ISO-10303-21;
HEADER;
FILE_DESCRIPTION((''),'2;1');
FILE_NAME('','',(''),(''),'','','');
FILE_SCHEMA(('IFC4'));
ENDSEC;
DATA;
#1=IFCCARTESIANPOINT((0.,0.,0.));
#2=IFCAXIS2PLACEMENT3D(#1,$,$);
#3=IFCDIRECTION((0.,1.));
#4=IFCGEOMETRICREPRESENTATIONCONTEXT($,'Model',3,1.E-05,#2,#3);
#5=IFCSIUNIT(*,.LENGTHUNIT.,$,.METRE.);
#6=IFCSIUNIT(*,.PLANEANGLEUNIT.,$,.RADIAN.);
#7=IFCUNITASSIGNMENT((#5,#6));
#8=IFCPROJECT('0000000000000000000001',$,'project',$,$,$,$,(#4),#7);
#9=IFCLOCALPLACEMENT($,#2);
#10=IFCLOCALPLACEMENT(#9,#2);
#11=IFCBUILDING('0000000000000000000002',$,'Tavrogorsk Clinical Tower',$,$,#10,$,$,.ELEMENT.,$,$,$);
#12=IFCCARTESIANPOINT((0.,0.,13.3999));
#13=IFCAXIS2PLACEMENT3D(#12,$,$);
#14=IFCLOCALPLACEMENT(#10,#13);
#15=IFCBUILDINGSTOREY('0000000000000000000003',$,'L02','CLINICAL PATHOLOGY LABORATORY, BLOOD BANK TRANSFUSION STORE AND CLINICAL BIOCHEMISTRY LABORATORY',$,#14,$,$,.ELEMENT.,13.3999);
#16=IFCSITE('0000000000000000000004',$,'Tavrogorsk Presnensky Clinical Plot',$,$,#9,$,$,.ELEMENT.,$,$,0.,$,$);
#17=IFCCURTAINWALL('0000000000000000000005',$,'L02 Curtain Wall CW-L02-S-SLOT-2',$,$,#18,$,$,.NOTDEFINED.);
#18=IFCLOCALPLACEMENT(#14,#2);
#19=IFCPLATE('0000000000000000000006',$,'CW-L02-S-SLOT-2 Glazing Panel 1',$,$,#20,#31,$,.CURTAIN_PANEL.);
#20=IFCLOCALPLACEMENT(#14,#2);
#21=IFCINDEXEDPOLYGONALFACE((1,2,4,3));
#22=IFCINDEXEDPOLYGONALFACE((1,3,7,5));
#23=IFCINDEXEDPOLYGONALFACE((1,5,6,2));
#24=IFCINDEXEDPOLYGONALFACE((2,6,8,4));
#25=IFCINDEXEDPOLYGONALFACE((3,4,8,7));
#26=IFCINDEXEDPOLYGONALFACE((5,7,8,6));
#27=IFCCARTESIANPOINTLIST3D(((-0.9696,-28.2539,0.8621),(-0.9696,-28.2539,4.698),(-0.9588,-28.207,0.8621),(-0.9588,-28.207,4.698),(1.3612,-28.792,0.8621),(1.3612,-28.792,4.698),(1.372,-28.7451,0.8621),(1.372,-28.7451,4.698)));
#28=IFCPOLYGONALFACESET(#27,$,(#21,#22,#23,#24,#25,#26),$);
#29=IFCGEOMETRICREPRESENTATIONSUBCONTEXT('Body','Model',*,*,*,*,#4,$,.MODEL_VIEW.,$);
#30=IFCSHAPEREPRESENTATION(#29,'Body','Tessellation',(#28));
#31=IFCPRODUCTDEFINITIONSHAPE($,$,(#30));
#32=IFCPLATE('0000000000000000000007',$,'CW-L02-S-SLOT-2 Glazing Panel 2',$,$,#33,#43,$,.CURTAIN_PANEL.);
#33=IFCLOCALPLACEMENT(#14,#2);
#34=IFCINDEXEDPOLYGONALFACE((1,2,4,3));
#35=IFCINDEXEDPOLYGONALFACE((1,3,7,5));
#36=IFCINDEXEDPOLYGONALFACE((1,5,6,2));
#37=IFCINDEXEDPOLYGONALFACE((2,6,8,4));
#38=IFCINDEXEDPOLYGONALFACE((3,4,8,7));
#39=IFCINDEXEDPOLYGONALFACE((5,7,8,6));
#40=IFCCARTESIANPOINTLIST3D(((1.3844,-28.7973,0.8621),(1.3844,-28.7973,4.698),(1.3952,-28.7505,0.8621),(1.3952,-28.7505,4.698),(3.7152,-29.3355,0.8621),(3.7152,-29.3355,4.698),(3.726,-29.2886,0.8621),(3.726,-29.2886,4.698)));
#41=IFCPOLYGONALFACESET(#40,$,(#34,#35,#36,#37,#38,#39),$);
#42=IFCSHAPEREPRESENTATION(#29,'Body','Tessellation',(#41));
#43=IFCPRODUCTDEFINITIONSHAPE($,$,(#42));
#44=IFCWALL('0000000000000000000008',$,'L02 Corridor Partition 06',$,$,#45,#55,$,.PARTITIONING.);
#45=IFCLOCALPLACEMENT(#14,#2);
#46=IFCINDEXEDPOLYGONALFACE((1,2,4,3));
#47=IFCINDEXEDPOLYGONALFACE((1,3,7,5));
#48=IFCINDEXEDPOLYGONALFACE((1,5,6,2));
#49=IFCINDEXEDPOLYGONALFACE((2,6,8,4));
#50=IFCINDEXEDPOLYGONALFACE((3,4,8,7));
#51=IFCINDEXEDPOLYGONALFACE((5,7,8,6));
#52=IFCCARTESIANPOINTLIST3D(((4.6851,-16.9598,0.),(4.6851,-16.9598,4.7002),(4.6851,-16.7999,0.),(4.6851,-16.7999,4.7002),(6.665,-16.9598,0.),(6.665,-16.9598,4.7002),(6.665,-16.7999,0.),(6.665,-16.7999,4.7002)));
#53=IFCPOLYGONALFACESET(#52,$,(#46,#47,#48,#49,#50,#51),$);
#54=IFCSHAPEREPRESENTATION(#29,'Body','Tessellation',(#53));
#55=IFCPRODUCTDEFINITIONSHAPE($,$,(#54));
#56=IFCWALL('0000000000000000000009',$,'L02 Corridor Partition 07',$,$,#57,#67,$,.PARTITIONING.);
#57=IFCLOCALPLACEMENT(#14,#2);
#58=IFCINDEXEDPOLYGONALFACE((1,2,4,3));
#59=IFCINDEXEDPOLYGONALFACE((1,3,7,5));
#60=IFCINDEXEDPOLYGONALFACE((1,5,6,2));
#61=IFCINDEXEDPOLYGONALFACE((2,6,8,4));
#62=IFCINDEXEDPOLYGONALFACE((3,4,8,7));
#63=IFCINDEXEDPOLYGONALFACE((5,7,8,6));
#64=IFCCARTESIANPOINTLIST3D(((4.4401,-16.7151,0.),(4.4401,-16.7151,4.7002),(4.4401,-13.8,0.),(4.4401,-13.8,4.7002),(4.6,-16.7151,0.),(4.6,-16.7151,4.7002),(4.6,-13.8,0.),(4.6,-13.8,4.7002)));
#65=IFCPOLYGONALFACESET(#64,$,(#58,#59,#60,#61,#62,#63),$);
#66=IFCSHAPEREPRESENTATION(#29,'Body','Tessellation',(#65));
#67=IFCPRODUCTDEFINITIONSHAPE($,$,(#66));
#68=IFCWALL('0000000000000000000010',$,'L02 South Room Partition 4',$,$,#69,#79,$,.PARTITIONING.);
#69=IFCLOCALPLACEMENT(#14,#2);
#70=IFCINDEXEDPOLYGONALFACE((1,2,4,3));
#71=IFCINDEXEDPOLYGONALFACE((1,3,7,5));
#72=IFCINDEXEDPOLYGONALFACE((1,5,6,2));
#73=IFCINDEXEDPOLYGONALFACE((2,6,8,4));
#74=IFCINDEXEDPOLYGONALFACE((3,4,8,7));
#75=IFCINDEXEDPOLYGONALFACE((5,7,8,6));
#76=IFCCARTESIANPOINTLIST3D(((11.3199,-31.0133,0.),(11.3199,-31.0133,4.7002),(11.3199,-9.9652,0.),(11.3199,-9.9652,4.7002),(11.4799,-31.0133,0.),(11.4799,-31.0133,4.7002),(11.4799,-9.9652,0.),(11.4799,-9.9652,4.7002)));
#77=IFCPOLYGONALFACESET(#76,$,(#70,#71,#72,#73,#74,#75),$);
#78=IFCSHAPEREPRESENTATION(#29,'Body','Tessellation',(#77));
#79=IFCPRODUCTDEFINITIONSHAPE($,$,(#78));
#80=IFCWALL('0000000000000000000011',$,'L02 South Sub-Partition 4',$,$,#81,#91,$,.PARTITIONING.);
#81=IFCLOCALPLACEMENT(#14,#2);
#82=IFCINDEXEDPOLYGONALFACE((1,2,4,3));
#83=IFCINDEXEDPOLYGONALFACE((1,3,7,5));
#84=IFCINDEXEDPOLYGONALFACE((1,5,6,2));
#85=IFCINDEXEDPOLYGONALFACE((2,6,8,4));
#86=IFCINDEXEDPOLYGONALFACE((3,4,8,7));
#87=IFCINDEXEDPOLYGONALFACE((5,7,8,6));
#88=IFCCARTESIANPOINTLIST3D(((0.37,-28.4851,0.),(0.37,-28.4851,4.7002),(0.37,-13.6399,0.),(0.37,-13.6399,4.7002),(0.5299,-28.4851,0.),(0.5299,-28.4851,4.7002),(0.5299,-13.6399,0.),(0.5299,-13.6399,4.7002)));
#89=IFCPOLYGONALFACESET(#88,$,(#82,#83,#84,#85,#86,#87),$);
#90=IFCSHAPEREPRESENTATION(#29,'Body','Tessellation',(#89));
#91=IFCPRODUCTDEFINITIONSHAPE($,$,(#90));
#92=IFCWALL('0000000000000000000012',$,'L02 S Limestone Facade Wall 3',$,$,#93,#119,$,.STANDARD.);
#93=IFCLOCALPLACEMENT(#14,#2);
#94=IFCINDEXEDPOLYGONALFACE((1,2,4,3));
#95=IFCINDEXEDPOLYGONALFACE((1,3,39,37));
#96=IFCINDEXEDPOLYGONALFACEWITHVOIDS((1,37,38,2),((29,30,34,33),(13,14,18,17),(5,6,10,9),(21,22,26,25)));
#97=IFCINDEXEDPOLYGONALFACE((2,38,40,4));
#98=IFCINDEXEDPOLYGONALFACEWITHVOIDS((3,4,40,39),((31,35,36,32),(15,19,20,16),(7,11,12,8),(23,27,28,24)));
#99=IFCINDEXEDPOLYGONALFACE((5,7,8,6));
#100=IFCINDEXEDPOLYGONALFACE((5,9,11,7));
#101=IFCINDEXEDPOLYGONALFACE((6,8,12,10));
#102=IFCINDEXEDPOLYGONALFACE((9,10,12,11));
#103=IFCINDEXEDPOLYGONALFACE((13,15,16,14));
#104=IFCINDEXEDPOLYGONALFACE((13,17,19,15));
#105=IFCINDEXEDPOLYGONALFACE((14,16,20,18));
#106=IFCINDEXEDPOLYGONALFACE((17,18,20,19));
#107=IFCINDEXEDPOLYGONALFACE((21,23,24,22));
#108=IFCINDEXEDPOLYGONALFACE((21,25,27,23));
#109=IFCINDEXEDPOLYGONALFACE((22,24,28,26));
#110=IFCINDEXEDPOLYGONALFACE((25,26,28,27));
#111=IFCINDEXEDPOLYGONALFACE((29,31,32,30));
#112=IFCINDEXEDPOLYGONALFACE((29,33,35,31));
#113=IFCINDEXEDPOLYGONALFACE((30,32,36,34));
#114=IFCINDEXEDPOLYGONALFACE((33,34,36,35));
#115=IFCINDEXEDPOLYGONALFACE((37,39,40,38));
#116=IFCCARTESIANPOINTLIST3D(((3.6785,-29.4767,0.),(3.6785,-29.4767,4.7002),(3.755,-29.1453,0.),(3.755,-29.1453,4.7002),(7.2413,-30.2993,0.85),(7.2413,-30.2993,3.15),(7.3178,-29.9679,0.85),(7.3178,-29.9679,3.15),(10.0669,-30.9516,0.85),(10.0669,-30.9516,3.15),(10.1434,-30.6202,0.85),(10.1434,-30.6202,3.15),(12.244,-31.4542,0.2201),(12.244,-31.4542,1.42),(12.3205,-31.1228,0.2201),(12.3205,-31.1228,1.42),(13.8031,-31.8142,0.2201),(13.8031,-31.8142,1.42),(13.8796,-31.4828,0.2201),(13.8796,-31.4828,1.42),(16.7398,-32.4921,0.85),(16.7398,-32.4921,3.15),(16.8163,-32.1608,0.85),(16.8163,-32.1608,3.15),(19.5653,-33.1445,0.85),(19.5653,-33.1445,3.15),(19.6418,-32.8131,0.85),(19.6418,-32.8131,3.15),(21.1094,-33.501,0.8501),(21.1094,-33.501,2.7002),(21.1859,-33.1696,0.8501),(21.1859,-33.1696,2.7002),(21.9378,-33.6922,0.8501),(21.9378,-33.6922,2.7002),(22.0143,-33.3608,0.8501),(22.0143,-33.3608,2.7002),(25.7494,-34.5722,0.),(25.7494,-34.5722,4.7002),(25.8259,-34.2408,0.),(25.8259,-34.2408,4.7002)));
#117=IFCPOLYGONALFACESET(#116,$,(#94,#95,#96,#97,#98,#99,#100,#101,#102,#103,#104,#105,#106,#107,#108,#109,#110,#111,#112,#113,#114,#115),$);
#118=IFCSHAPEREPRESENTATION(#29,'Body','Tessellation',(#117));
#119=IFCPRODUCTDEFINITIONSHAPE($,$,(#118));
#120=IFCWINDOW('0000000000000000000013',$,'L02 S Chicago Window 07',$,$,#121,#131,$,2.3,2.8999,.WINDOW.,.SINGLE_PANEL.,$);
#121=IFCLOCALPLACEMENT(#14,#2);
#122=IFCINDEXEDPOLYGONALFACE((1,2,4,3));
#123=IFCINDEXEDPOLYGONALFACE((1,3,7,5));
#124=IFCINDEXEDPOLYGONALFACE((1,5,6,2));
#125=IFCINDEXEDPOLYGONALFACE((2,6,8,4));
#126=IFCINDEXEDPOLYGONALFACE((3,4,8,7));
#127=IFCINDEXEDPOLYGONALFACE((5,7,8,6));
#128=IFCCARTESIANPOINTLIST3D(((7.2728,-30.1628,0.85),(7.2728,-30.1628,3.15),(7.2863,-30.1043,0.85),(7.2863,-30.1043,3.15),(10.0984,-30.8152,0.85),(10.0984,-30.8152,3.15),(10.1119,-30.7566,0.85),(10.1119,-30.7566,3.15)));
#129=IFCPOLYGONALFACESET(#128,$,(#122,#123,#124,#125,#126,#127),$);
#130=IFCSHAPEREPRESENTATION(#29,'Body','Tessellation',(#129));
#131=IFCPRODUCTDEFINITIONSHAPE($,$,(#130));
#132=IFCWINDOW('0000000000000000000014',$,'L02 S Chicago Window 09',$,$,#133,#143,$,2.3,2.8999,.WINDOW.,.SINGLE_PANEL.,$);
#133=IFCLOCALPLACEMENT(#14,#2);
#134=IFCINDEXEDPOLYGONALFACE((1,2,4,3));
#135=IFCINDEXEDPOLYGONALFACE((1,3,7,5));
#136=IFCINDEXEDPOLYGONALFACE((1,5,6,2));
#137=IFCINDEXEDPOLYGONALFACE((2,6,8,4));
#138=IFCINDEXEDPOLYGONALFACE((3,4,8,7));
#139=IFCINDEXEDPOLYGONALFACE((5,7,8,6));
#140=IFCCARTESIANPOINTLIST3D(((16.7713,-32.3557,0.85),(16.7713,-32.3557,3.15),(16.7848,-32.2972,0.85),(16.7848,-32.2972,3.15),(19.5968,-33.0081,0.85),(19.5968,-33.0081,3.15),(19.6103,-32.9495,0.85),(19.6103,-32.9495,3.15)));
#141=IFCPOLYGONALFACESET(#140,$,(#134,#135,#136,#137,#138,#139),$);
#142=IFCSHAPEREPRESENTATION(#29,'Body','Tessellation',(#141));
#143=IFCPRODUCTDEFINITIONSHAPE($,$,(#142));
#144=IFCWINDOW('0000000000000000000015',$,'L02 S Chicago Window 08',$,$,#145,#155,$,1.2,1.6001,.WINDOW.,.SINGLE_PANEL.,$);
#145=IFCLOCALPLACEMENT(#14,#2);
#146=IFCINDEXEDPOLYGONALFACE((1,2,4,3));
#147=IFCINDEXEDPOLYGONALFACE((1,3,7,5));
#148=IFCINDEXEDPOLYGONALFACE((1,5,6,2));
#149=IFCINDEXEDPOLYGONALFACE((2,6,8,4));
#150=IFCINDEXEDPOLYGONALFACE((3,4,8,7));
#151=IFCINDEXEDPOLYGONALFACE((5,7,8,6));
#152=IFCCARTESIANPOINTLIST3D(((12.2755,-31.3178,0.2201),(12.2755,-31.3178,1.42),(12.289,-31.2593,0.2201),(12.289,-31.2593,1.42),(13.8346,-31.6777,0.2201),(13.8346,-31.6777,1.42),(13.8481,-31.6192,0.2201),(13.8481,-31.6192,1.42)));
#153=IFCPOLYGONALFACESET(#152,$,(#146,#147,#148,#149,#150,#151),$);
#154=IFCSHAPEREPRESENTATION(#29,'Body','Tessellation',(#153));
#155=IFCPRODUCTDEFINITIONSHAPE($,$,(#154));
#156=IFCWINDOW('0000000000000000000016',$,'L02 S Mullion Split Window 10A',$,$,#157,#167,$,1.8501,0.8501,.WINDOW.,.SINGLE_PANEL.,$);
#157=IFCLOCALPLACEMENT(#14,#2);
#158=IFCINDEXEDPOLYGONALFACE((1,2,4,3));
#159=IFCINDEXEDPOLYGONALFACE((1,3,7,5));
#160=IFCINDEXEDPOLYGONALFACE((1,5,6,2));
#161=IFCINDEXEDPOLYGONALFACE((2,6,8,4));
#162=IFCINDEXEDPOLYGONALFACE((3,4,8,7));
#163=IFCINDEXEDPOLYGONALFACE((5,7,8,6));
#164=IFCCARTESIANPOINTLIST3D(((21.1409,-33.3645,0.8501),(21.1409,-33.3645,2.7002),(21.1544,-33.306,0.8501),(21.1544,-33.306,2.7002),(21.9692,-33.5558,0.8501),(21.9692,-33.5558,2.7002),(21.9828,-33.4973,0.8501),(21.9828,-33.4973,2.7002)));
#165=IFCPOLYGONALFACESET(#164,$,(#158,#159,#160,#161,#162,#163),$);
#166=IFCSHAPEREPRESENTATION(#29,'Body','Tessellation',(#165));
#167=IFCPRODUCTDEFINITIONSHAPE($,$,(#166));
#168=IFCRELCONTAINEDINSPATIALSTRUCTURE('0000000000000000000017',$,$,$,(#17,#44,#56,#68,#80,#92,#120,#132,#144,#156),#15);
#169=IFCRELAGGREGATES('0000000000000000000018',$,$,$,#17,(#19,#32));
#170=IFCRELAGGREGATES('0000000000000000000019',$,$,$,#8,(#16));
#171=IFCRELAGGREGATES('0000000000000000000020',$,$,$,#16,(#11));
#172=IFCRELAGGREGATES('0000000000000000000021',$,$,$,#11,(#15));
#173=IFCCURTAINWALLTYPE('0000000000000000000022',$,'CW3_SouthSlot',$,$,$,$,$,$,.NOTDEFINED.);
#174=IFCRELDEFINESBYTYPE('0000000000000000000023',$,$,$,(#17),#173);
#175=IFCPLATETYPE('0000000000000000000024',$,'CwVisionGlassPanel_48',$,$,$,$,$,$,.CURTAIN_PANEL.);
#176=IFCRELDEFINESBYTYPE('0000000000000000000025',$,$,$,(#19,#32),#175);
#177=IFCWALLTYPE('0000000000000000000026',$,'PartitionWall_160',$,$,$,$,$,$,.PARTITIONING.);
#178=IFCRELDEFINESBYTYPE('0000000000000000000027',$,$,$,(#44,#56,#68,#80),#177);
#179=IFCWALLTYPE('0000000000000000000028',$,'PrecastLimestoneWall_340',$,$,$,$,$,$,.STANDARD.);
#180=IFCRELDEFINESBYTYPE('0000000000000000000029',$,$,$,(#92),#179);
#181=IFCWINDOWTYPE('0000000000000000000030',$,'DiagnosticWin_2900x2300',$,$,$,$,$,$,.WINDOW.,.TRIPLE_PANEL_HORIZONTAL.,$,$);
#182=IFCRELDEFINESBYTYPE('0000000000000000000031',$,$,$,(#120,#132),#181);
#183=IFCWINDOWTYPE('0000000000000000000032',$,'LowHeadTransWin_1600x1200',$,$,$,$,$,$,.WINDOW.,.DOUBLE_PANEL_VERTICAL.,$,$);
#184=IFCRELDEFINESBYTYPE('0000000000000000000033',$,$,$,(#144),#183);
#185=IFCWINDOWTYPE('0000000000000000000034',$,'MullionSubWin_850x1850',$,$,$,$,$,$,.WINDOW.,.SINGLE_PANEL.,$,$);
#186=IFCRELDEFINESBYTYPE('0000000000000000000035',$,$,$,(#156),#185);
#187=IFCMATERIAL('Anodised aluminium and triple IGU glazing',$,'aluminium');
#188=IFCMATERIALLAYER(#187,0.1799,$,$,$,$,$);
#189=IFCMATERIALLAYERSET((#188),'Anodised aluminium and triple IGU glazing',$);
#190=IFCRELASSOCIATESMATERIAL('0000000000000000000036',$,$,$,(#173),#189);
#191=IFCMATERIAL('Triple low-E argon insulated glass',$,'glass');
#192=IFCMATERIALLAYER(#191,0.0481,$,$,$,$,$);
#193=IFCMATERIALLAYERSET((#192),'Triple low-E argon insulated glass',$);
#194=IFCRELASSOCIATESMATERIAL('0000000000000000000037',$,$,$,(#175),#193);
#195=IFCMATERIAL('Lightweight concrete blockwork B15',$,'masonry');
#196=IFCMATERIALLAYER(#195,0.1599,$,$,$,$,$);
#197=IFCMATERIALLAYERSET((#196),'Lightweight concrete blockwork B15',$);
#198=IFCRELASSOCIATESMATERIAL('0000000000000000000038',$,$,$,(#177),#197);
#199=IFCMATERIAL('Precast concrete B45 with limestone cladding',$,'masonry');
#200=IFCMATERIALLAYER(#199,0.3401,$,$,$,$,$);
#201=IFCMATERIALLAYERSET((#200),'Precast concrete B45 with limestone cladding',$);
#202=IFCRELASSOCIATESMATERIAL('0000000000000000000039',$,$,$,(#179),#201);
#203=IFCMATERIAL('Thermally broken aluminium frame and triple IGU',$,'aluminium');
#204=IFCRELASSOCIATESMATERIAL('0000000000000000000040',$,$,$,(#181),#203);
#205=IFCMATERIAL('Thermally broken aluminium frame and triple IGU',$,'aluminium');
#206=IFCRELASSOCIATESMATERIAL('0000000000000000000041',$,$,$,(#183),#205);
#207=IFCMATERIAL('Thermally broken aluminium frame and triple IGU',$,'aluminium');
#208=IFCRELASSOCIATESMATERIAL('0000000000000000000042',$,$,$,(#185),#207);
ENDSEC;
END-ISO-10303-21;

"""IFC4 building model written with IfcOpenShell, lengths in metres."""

from ifc_helpers import new_model, si_unit, direction, frame, frame_2d, origin, origin_2d, place, context, subcontext, project, spatial, rectangle, extrude, material, layer, layer_set, type_object, element, fill, aggregate, save


model = new_model("IFC4")

# Units and contexts
model_context = context("Model", 3, precision=1e-05, world=origin(), true_north=direction((0.0, 1.0)))
body_context = subcontext(model_context, "Body", "Model", "MODEL_VIEW")
ifc_project = project(units=[si_unit("LENGTHUNIT", "METRE"), si_unit("PLANEANGLEUNIT", "RADIAN")], contexts=[model_context])

# Site, building, storey
site_placement = place(None, origin())
site = spatial("IfcSite", under=ifc_project, at=site_placement, Name="Tavrogorsk Presnensky Clinical Plot", CompositionType="ELEMENT", RefElevation=0.0)
building_placement = place(site_placement, origin())
building = spatial("IfcBuilding", under=site, at=building_placement, Name="Tavrogorsk Clinical Tower", CompositionType="ELEMENT")
storey_placement = place(building_placement, frame((0.0, 0.0, 13.3999)))
storey = spatial("IfcBuildingStorey", under=building, at=storey_placement, Name="L02", Description="CLINICAL PATHOLOGY LABORATORY, BLOOD BANK TRANSFUSION STORE AND CLINICAL BIOCHEMISTRY LABORATORY", CompositionType="ELEMENT", Elevation=13.3999)

# Curtain wall
ifc_material_1 = material(Name="Anodised aluminium and triple IGU glazing", Category="aluminium")
ifc_layer_1 = layer(ifc_material_1, 0.1799)
ifc_layer_set_1 = layer_set([ifc_layer_1], Name="Anodised aluminium and triple IGU glazing")
curtain_wall_type = type_object("IfcCurtainWallType", Name="CW3_SouthSlot", PredefinedType="NOTDEFINED", material=ifc_layer_set_1)
curtain_wall_placement = place(storey_placement, origin())
curtain_wall = element("IfcCurtainWall", 1, at=curtain_wall_placement, inside=storey, type_object=curtain_wall_type, Name="L02 Curtain Wall CW-L02-S-SLOT-2", PredefinedType="NOTDEFINED")

# Plates
ifc_material_2 = material(Name="Triple low-E argon insulated glass", Category="glass")
ifc_layer_2 = layer(ifc_material_2, 0.0481)
ifc_layer_set_2 = layer_set([ifc_layer_2], Name="Triple low-E argon insulated glass")
plate_type_1 = type_object("IfcPlateType", Name="CwVisionGlassPanel_48", PredefinedType="CURTAIN_PANEL", material=ifc_layer_set_2)
plate_1_placement = place(storey_placement, frame((0.2012, -28.4995, 0.8621), z_axis=(0.0, 0.0, 1.0), x_axis=(0.97437, -0.224951, 0.0)))
plate_1 = element("IfcPlate", 2, at=plate_1_placement, type_object=plate_type_1, Name="CW-L02-S-SLOT-2 Glazing Panel 1", PredefinedType="CURTAIN_PANEL", context=body_context, shape_type="SweptSolid", body=[
    extrude(rectangle(XDim=2.3921, YDim=0.0481, at=origin_2d()), origin(), (0.0, 0.0, 1.0), 3.8359),
])
plate_2_placement = place(storey_placement, frame((2.5552, -29.043, 0.8621), z_axis=(0.0, 0.0, 1.0), x_axis=(0.97437, -0.224951, 0.0)))
plate_2 = element("IfcPlate", 3, at=plate_2_placement, type_object=plate_type_1, Name="CW-L02-S-SLOT-2 Glazing Panel 2", PredefinedType="CURTAIN_PANEL", context=body_context, shape_type="SweptSolid", body=[
    extrude(rectangle(XDim=2.3921, YDim=0.0481, at=origin_2d()), origin(), (0.0, 0.0, 1.0), 3.8359),
])
aggregate(curtain_wall, [plate_1, plate_2])

# Walls
ifc_material_3 = material(Name="Lightweight concrete blockwork B15", Category="masonry")
ifc_layer_3 = layer(ifc_material_3, 0.1599)
ifc_layer_set_3 = layer_set([ifc_layer_3], Name="Lightweight concrete blockwork B15")
wall_type_1 = type_object("IfcWallType", Name="PartitionWall_160", PredefinedType="PARTITIONING", material=ifc_layer_set_3)
wall_1_placement = place(storey_placement, frame((6.665, -16.8799, 0.0), z_axis=(0.0, 0.0, 1.0), x_axis=(-1.0, 0.0, 0.0)))
element("IfcWall", 4, at=wall_1_placement, inside=storey, type_object=wall_type_1, Name="L02 Corridor Partition 06", PredefinedType="PARTITIONING", context=body_context, shape_type="SweptSolid", body=[
    extrude(rectangle(XDim=1.98, YDim=0.1599, at=frame_2d((0.99, 0.0))), origin(), (0.0, 0.0, 1.0), 4.7002),
])
wall_2_placement = place(storey_placement, frame((4.52, -16.7151, 0.0), z_axis=(0.0, 0.0, 1.0), x_axis=(0.0, 1.0, 0.0)))
element("IfcWall", 5, at=wall_2_placement, inside=storey, type_object=wall_type_1, Name="L02 Corridor Partition 07", PredefinedType="PARTITIONING", context=body_context, shape_type="SweptSolid", body=[
    extrude(rectangle(XDim=2.915, YDim=0.1599, at=frame_2d((1.4575, 0.0))), origin(), (0.0, 0.0, 1.0), 4.7002),
])
wall_3_placement = place(storey_placement, frame((11.3999, -31.0132, 0.0), z_axis=(0.0, 0.0, 1.0), x_axis=(0.0, 1.0, 0.0)))
element("IfcWall", 6, at=wall_3_placement, inside=storey, type_object=wall_type_1, Name="L02 South Room Partition 4", PredefinedType="PARTITIONING", context=body_context, shape_type="SweptSolid", body=[
    extrude(rectangle(XDim=21.0481, YDim=0.1599, at=frame_2d((10.5239, 0.0))), origin(), (0.0, 0.0, 1.0), 4.7002),
])
wall_4_placement = place(storey_placement, frame((0.45, -28.4851, 0.0), z_axis=(0.0, 0.0, 1.0), x_axis=(0.0, 1.0, 0.0)))
element("IfcWall", 7, at=wall_4_placement, inside=storey, type_object=wall_type_1, Name="L02 South Sub-Partition 4", PredefinedType="PARTITIONING", context=body_context, shape_type="SweptSolid", body=[
    extrude(rectangle(XDim=14.8452, YDim=0.1599, at=frame_2d((7.4226, 0.0))), origin(), (0.0, 0.0, 1.0), 4.7002),
])

# Wall, openings, windows
ifc_material_4 = material(Name="Precast concrete B45 with limestone cladding", Category="masonry")
ifc_layer_4 = layer(ifc_material_4, 0.3401)
ifc_layer_set_4 = layer_set([ifc_layer_4], Name="Precast concrete B45 with limestone cladding")
wall_type_2 = type_object("IfcWallType", Name="PrecastLimestoneWall_340", PredefinedType="STANDARD", material=ifc_layer_set_4)
wall_5_placement = place(storey_placement, frame((3.7168, -29.311, 0.0), z_axis=(0.0, 0.0, 1.0), x_axis=(0.97437, -0.224952, 0.0)))
wall_5 = element("IfcWall", 8, at=wall_5_placement, inside=storey, type_object=wall_type_2, Name="L02 S Limestone Facade Wall 3", PredefinedType="STANDARD", context=body_context, shape_type="SweptSolid", body=[
    extrude(rectangle(XDim=22.6514, YDim=0.3401, at=frame_2d((11.3257, 0.0))), origin(), (0.0, 0.0, 1.0), 4.7002),
])
opening_1_placement = place(wall_5_placement, frame((3.6565, 0.0, 0.8501)))
opening_1 = element("IfcOpeningElement", 9, at=opening_1_placement, cuts=wall_5, PredefinedType="OPENING", context=body_context, shape_type="SweptSolid", body=[
    extrude(rectangle(XDim=2.8999, YDim=2.3, at=frame_2d((1.45, 1.1499))), frame((0.0, 0.1799, 0.0), z_axis=(0.0, -1.0, 0.0), x_axis=(1.0, 0.0, 0.0)), (0.0, 0.0, 1.0), 0.3601),
])
opening_2_placement = place(wall_5_placement, frame((8.7908, 0.0, 0.22)))
opening_2 = element("IfcOpeningElement", 10, at=opening_2_placement, cuts=wall_5, PredefinedType="OPENING", context=body_context, shape_type="SweptSolid", body=[
    extrude(rectangle(XDim=1.6001, YDim=1.2, at=frame_2d((0.8, 0.6001))), frame((0.0, 0.1799, 0.0), z_axis=(0.0, -1.0, 0.0), x_axis=(1.0, 0.0, 0.0)), (0.0, 0.0, 1.0), 0.3601),
])
opening_3_placement = place(wall_5_placement, frame((13.4048, 0.0, 0.8501)))
opening_3 = element("IfcOpeningElement", 11, at=opening_3_placement, cuts=wall_5, PredefinedType="OPENING", context=body_context, shape_type="SweptSolid", body=[
    extrude(rectangle(XDim=2.8999, YDim=2.3, at=frame_2d((1.45, 1.1499))), frame((0.0, 0.1799, 0.0), z_axis=(0.0, -1.0, 0.0), x_axis=(1.0, 0.0, 0.0)), (0.0, 0.0, 1.0), 0.3601),
])
opening_4_placement = place(wall_5_placement, frame((17.8894, 0.0, 0.8501)))
opening_4 = element("IfcOpeningElement", 12, at=opening_4_placement, cuts=wall_5, PredefinedType="OPENING", context=body_context, shape_type="SweptSolid", body=[
    extrude(rectangle(XDim=0.8501, YDim=1.8501, at=frame_2d((0.425, 0.925))), frame((0.0, 0.1799, 0.0), z_axis=(0.0, -1.0, 0.0), x_axis=(1.0, 0.0, 0.0)), (0.0, 0.0, 1.0), 0.3601),
])
ifc_material_5 = material(Name="Thermally broken aluminium frame and triple IGU", Category="aluminium")
window_type_1 = type_object("IfcWindowType", Name="DiagnosticWin_2900x2300", PartitioningType="TRIPLE_PANEL_HORIZONTAL", PredefinedType="WINDOW", material=ifc_material_5)
window_1_placement = place(opening_1_placement, origin())
window_1 = element("IfcWindow", 13, at=window_1_placement, inside=storey, type_object=window_type_1, Name="L02 S Chicago Window 07", OverallHeight=2.3, OverallWidth=2.8999, PartitioningType="SINGLE_PANEL", PredefinedType="WINDOW", context=body_context, shape_type="SweptSolid", body=[
    extrude(rectangle(XDim=2.8999, YDim=2.3, at=frame_2d((1.45, 1.1499))), frame((0.0, 0.03, 0.0), z_axis=(0.0, -1.0, 0.0), x_axis=(1.0, 0.0, 0.0)), (0.0, 0.0, 1.0), 0.0601),
])
fill(opening_1, window_1)
window_2_placement = place(opening_3_placement, origin())
window_2 = element("IfcWindow", 14, at=window_2_placement, inside=storey, type_object=window_type_1, Name="L02 S Chicago Window 09", OverallHeight=2.3, OverallWidth=2.8999, PartitioningType="SINGLE_PANEL", PredefinedType="WINDOW", context=body_context, shape_type="SweptSolid", body=[
    extrude(rectangle(XDim=2.8999, YDim=2.3, at=frame_2d((1.45, 1.1499))), frame((0.0, 0.03, 0.0), z_axis=(0.0, -1.0, 0.0), x_axis=(1.0, 0.0, 0.0)), (0.0, 0.0, 1.0), 0.0601),
])
fill(opening_3, window_2)
ifc_material_6 = material(Name="Thermally broken aluminium frame and triple IGU", Category="aluminium")
window_type_2 = type_object("IfcWindowType", Name="LowHeadTransWin_1600x1200", PartitioningType="DOUBLE_PANEL_VERTICAL", PredefinedType="WINDOW", material=ifc_material_6)
window_3_placement = place(opening_2_placement, origin())
window_3 = element("IfcWindow", 15, at=window_3_placement, inside=storey, type_object=window_type_2, Name="L02 S Chicago Window 08", OverallHeight=1.2, OverallWidth=1.6001, PartitioningType="SINGLE_PANEL", PredefinedType="WINDOW", context=body_context, shape_type="SweptSolid", body=[
    extrude(rectangle(XDim=1.6001, YDim=1.2, at=frame_2d((0.8, 0.6001))), frame((0.0, 0.03, 0.0), z_axis=(0.0, -1.0, 0.0), x_axis=(1.0, 0.0, 0.0)), (0.0, 0.0, 1.0), 0.0601),
])
fill(opening_2, window_3)
ifc_material_7 = material(Name="Thermally broken aluminium frame and triple IGU", Category="aluminium")
window_type_3 = type_object("IfcWindowType", Name="MullionSubWin_850x1850", PartitioningType="SINGLE_PANEL", PredefinedType="WINDOW", material=ifc_material_7)
window_4_placement = place(opening_4_placement, origin())
window_4 = element("IfcWindow", 16, at=window_4_placement, inside=storey, type_object=window_type_3, Name="L02 S Mullion Split Window 10A", OverallHeight=1.8501, OverallWidth=0.8501, PartitioningType="SINGLE_PANEL", PredefinedType="WINDOW", context=body_context, shape_type="SweptSolid", body=[
    extrude(rectangle(XDim=0.8501, YDim=1.8501, at=frame_2d((0.425, 0.925))), frame((0.0, 0.03, 0.0), z_axis=(0.0, -1.0, 0.0), x_axis=(1.0, 0.0, 0.0)), (0.0, 0.0, 1.0), 0.0601),
])
fill(opening_4, window_4)

save(model, "model.ifc")
